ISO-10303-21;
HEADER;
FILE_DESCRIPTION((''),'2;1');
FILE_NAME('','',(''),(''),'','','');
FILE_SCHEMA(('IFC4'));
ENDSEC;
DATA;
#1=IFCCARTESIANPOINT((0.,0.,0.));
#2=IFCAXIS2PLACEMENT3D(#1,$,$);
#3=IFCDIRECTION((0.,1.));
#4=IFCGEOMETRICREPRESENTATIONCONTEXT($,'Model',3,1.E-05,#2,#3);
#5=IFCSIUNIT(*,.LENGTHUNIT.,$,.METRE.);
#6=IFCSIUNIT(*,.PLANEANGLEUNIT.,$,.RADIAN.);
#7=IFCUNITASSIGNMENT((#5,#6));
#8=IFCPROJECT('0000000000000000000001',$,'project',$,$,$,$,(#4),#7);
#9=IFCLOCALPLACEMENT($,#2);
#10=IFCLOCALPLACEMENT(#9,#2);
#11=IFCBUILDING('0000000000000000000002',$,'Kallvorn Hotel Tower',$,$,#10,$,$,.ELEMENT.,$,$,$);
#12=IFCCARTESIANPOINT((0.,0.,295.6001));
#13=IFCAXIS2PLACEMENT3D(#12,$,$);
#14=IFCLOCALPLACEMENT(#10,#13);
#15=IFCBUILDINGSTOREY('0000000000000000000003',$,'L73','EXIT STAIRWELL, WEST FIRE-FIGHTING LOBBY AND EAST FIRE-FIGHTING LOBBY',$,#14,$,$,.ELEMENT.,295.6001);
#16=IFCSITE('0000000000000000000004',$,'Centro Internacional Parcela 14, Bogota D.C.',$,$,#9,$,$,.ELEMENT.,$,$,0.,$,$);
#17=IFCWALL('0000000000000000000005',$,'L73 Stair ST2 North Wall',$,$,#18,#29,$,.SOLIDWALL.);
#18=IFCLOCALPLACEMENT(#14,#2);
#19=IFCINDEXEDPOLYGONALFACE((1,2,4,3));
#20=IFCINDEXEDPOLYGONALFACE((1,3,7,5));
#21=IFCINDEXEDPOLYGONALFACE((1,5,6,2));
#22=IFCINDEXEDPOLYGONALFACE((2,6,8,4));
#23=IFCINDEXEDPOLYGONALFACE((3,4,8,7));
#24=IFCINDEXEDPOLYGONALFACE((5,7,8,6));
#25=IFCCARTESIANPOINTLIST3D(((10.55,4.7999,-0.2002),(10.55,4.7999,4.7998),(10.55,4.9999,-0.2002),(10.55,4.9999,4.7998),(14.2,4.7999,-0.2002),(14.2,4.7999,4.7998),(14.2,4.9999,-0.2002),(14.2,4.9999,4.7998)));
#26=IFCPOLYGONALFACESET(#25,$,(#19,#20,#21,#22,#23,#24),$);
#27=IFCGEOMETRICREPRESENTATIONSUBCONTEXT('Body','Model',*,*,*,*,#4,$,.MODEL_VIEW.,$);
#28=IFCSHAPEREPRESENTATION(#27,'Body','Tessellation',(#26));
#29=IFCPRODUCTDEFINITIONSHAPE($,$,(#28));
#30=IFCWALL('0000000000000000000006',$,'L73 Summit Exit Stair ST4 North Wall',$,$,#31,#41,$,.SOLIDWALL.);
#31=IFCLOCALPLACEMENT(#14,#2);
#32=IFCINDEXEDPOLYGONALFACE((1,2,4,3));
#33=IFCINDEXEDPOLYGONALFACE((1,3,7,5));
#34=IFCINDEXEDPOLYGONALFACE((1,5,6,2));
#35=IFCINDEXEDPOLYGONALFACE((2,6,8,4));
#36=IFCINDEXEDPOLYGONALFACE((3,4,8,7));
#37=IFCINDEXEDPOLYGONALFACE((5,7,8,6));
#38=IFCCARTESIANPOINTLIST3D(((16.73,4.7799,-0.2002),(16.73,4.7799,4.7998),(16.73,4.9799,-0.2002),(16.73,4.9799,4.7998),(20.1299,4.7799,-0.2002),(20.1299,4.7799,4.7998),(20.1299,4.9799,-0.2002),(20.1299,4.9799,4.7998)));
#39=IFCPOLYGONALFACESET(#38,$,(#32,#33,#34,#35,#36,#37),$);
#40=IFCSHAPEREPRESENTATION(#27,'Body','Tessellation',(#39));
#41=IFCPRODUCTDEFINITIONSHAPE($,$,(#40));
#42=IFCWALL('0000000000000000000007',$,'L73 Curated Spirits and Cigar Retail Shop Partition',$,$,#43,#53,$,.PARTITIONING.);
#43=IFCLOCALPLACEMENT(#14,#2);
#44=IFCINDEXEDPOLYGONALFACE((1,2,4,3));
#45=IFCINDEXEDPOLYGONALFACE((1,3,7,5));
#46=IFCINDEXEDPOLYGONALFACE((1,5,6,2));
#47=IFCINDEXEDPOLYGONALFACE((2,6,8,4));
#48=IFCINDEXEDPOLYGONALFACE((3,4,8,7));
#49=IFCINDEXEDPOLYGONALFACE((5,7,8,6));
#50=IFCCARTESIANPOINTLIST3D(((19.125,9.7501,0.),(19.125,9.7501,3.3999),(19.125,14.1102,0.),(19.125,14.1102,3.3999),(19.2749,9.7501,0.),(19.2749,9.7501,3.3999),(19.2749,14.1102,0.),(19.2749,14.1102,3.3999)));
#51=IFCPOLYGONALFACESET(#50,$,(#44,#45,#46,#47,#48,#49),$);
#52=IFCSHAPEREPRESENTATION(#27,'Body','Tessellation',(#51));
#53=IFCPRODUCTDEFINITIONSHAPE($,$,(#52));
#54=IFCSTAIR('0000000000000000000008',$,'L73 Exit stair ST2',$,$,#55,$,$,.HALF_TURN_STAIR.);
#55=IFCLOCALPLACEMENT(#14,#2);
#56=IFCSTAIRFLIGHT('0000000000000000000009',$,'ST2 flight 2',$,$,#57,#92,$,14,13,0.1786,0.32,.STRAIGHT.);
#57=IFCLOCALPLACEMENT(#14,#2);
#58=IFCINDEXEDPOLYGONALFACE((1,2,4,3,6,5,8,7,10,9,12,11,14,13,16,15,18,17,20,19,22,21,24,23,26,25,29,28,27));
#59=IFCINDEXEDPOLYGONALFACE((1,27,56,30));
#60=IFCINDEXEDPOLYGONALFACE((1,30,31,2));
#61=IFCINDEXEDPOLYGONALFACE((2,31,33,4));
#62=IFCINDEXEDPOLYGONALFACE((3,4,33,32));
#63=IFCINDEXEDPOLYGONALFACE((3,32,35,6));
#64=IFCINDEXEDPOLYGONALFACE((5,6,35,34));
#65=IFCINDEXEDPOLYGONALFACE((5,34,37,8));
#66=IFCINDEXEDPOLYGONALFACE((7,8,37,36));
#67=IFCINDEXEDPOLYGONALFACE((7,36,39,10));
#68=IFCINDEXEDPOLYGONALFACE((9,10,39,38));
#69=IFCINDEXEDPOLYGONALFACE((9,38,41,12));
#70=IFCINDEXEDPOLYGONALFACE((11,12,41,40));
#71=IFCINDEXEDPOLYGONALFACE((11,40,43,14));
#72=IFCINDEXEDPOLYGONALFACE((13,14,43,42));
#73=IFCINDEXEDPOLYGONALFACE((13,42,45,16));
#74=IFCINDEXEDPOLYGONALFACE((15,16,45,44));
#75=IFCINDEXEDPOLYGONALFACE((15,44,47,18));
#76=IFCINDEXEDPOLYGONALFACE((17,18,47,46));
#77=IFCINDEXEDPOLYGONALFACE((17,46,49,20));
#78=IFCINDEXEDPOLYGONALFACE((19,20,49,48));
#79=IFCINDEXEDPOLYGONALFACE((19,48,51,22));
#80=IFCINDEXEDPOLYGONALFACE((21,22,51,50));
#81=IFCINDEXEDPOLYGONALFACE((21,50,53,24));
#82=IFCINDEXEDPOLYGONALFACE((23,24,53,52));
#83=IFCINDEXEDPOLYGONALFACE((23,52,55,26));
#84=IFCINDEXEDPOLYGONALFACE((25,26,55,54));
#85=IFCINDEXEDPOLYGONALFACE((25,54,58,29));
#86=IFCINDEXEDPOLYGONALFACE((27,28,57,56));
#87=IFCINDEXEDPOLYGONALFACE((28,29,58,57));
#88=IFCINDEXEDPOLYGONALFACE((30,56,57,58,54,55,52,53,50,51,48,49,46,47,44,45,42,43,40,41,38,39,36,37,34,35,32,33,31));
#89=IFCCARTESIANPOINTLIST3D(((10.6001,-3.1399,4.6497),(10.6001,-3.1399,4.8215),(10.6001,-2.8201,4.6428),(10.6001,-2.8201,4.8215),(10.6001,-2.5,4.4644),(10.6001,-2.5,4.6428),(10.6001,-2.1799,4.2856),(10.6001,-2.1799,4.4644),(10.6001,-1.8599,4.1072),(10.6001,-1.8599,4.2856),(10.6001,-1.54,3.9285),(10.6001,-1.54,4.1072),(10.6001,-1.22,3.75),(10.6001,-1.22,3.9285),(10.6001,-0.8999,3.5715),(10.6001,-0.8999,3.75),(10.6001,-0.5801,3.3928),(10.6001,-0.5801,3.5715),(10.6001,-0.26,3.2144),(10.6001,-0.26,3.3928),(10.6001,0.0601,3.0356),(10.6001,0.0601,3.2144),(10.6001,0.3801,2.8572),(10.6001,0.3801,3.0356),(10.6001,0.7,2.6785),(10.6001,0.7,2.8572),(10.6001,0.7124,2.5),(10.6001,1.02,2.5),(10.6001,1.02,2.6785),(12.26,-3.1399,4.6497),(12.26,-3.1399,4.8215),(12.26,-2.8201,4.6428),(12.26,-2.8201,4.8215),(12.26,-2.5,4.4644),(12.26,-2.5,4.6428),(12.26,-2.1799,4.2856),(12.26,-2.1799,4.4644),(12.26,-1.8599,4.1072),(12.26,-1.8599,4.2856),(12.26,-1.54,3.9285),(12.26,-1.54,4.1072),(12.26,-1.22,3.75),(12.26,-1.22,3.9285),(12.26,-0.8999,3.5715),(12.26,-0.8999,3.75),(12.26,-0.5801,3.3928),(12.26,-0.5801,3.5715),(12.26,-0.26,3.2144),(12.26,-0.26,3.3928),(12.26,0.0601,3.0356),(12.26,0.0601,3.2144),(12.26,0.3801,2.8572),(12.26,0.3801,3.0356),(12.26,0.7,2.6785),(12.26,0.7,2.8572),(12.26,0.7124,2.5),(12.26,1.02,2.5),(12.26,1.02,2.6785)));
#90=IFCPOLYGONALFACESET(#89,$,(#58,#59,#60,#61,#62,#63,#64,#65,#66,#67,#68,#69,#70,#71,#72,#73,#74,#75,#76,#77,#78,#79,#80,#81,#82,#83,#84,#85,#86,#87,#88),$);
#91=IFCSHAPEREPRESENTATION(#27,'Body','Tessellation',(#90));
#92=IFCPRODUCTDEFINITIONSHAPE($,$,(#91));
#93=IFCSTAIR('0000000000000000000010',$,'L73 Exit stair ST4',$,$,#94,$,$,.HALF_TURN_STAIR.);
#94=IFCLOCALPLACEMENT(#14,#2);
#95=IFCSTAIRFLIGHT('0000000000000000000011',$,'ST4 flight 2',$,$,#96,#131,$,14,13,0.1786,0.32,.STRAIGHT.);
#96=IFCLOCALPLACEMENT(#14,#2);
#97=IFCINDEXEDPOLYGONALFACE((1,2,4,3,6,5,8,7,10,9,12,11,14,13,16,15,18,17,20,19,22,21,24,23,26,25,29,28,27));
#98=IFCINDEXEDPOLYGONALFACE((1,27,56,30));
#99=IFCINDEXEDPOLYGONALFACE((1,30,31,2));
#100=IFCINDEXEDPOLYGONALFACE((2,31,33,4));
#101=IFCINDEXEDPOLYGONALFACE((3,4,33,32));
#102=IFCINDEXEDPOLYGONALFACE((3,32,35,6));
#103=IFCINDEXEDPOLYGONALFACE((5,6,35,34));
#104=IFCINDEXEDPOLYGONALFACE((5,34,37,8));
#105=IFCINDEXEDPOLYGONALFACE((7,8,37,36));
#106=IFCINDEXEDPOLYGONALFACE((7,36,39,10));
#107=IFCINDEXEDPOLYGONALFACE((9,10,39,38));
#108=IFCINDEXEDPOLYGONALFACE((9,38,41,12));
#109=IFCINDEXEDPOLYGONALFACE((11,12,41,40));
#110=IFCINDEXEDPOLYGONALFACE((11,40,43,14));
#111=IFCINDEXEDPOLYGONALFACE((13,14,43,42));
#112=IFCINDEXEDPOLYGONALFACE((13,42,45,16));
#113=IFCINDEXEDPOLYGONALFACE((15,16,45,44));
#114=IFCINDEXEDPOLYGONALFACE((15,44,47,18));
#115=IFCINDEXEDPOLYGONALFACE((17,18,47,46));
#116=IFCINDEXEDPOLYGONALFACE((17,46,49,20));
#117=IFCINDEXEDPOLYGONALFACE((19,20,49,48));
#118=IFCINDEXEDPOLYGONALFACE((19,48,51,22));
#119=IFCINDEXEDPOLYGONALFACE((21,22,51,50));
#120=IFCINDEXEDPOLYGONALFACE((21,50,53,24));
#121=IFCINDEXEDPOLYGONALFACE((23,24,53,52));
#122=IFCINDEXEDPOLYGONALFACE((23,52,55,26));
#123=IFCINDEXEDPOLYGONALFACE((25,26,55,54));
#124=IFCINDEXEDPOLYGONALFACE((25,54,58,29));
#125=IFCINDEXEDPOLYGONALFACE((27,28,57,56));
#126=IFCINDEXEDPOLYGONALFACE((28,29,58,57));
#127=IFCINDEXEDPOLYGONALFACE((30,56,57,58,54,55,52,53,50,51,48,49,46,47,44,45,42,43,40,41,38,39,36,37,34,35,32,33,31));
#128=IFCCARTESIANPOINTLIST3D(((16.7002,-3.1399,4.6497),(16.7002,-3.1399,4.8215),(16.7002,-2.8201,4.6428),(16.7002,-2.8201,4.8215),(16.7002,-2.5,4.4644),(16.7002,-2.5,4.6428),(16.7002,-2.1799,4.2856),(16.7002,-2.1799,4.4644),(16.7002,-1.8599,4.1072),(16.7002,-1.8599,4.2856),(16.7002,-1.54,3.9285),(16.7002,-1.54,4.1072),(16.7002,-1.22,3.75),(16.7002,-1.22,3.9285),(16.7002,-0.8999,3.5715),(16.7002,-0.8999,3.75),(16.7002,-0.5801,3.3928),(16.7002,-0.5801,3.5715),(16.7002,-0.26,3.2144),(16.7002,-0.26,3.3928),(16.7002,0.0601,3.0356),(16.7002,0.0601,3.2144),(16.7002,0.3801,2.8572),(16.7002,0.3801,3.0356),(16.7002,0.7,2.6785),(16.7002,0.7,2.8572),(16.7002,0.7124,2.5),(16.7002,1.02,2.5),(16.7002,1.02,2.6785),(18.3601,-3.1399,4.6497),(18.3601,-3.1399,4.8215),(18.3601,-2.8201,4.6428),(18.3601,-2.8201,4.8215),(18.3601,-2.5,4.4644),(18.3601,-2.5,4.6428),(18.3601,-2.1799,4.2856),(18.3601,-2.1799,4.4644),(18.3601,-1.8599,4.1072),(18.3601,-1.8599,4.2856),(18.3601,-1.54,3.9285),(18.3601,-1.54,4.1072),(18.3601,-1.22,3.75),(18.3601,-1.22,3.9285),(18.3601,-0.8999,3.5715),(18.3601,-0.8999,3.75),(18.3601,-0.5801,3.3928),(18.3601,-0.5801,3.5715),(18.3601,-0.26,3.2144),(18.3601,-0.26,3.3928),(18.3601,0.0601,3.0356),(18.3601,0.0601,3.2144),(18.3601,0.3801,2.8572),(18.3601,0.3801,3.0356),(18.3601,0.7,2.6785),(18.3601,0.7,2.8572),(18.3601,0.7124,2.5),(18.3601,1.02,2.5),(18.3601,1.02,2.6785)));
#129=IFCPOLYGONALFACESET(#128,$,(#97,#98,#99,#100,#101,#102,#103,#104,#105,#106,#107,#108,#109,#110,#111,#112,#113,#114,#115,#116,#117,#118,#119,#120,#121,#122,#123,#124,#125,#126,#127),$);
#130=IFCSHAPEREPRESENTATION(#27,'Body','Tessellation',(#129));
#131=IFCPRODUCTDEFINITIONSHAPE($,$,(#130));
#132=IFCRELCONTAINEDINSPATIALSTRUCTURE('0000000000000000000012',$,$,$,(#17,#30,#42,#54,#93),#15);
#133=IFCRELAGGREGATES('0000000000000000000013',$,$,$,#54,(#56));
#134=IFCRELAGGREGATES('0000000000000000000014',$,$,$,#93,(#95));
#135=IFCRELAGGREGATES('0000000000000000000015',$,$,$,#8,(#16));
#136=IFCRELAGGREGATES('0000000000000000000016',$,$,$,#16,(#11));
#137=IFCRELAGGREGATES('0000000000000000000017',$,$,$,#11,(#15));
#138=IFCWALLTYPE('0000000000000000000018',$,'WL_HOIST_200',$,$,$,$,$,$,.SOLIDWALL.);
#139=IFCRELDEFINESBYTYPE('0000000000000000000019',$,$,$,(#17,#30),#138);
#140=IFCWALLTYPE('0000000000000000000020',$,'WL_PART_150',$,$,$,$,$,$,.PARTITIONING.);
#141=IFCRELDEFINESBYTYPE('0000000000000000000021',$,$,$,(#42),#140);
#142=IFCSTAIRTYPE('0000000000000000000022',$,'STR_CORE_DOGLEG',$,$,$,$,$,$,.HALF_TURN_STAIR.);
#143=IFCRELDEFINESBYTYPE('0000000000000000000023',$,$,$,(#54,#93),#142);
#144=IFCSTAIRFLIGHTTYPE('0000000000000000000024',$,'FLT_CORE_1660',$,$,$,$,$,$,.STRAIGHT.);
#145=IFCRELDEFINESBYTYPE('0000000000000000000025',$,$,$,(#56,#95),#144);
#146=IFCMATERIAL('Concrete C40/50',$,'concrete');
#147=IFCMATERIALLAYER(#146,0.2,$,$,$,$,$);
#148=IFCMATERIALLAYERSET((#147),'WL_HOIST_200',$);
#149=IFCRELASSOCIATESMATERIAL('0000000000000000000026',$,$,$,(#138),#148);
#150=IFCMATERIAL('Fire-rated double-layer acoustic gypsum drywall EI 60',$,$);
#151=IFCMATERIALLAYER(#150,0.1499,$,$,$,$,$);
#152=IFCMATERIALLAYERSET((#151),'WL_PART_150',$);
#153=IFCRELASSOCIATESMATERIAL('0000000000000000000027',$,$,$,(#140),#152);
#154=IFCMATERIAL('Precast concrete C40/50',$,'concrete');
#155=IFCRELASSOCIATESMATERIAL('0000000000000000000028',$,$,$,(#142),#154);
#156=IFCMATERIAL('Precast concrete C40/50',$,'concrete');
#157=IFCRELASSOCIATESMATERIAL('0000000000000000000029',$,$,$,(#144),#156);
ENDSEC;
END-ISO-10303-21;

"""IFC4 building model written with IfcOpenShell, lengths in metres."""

from ifc_helpers import new_model, si_unit, direction, frame, frame_2d, origin, place, context, subcontext, project, spatial, polyline, rectangle, outline, extrude, material, layer, layer_set, type_object, element, aggregate, save


model = new_model("IFC4")

# Units and contexts
model_context = context("Model", 3, precision=1e-05, world=origin(), true_north=direction((0.0, 1.0)))
body_context = subcontext(model_context, "Body", "Model", "MODEL_VIEW")
ifc_project = project(units=[si_unit("LENGTHUNIT", "METRE"), si_unit("PLANEANGLEUNIT", "RADIAN")], contexts=[model_context])

# Site, building, storey
site_placement = place(None, origin())
site = spatial("IfcSite", under=ifc_project, at=site_placement, Name="Centro Internacional Parcela 14, Bogota D.C.", CompositionType="ELEMENT", RefElevation=0.0)
building_placement = place(site_placement, origin())
building = spatial("IfcBuilding", under=site, at=building_placement, Name="Kallvorn Hotel Tower", CompositionType="ELEMENT")
storey_placement = place(building_placement, frame((0.0, 0.0, 295.6001)))
storey = spatial("IfcBuildingStorey", under=building, at=storey_placement, Name="L73", Description="EXIT STAIRWELL, WEST FIRE-FIGHTING LOBBY AND EAST FIRE-FIGHTING LOBBY", CompositionType="ELEMENT", Elevation=295.6001)

# Walls
ifc_material_1 = material(Name="Concrete C40/50", Category="concrete")
ifc_layer_1 = layer(ifc_material_1, 0.2)
ifc_layer_set_1 = layer_set([ifc_layer_1], Name="WL_HOIST_200")
wall_type_1 = type_object("IfcWallType", Name="WL_HOIST_200", PredefinedType="SOLIDWALL", material=ifc_layer_set_1)
wall_1_placement = place(storey_placement, frame((10.55, 4.8999, -0.2002), z_axis=(0.0, 0.0, 1.0), x_axis=(1.0, 0.0, 0.0)))
element("IfcWall", 1, at=wall_1_placement, inside=storey, type_object=wall_type_1, Name="L73 Stair ST2 North Wall", PredefinedType="SOLIDWALL", context=body_context, shape_type="SweptSolid", body=[
    extrude(rectangle(XDim=3.6499, YDim=0.2, at=frame_2d((1.825, 0.0))), origin(), (0.0, 0.0, 1.0), 5.0),
])
wall_2_placement = place(storey_placement, frame((16.73, 4.8799, -0.2002), z_axis=(0.0, 0.0, 1.0), x_axis=(1.0, 0.0, 0.0)))
element("IfcWall", 2, at=wall_2_placement, inside=storey, type_object=wall_type_1, Name="L73 Summit Exit Stair ST4 North Wall", PredefinedType="SOLIDWALL", context=body_context, shape_type="SweptSolid", body=[
    extrude(rectangle(XDim=3.3999, YDim=0.2, at=frame_2d((1.7, 0.0))), origin(), (0.0, 0.0, 1.0), 5.0),
])
ifc_material_2 = material(Name="Fire-rated double-layer acoustic gypsum drywall EI 60")
ifc_layer_2 = layer(ifc_material_2, 0.1499)
ifc_layer_set_2 = layer_set([ifc_layer_2], Name="WL_PART_150")
wall_type_2 = type_object("IfcWallType", Name="WL_PART_150", PredefinedType="PARTITIONING", material=ifc_layer_set_2)
wall_3_placement = place(storey_placement, frame((19.2, 9.75, 0.0), z_axis=(0.0, 0.0, 1.0), x_axis=(0.0, 1.0, 0.0)))
element("IfcWall", 3, at=wall_3_placement, inside=storey, type_object=wall_type_2, Name="L73 Curated Spirits and Cigar Retail Shop Partition", PredefinedType="PARTITIONING", context=body_context, shape_type="SweptSolid", body=[
    extrude(rectangle(XDim=4.3601, YDim=0.1499, at=frame_2d((2.1802, 0.0))), origin(), (0.0, 0.0, 1.0), 3.3999),
])

# Stairs, stair flights
ifc_material_3 = material(Name="Precast concrete C40/50", Category="concrete")
stair_type = type_object("IfcStairType", Name="STR_CORE_DOGLEG", PredefinedType="HALF_TURN_STAIR", material=ifc_material_3)
stair_1_placement = place(storey_placement, origin())
stair_1 = element("IfcStair", 4, at=stair_1_placement, inside=storey, type_object=stair_type, Name="L73 Exit stair ST2", PredefinedType="HALF_TURN_STAIR")
ifc_material_4 = material(Name="Precast concrete C40/50", Category="concrete")
stair_flight_type = type_object("IfcStairFlightType", Name="FLT_CORE_1660", PredefinedType="STRAIGHT", material=ifc_material_4)
stair_flight_1_placement = place(storey_placement, frame((11.4299, 1.02, 2.5), z_axis=(0.0, 0.0, 1.0), x_axis=(0.0, -1.0, 0.0)))
stair_flight_1 = element("IfcStairFlight", 5, at=stair_flight_1_placement, type_object=stair_flight_type, Name="ST2 flight 2", NumberOfRisers=14, NumberOfTreads=13, PredefinedType="STRAIGHT", RiserHeight=0.1786, TreadLength=0.32, context=body_context, shape_type="SweptSolid", body=[
    extrude(outline(polyline([(0.0, 0.0), (0.0, 0.1785), (0.3201, 0.1785), (0.3201, 0.3572), (0.6399, 0.3572), (0.6399, 0.5356), (0.96, 0.5356), (0.96, 0.7144), (1.28, 0.7144), (1.28, 0.8928), (1.6001, 0.8928), (1.6001, 1.0715), (1.9199, 1.0715), (1.9199, 1.25), (2.24, 1.25), (2.24, 1.4285), (2.5601, 1.4285), (2.5601, 1.6072), (2.8799, 1.6072), (2.8799, 1.7856), (3.2, 1.7856), (3.2, 1.9644), (3.52, 1.9644), (3.52, 2.1428), (3.8401, 2.1428), (3.8401, 2.3215), (4.1599, 2.3215), (4.1599, 2.5), (4.1599, 2.1497), (0.3076, 0.0), (0.0, 0.0)])), frame((0.0, 0.8301, 0.0), z_axis=(0.0, -1.0, 0.0), x_axis=(1.0, 0.0, 0.0)), (0.0, 0.0, 1.0), 1.6599),
])
aggregate(stair_1, [stair_flight_1])
stair_2_placement = place(storey_placement, origin())
stair_2 = element("IfcStair", 6, at=stair_2_placement, inside=storey, type_object=stair_type, Name="L73 Exit stair ST4", PredefinedType="HALF_TURN_STAIR")
stair_flight_2_placement = place(storey_placement, frame((17.53, 1.02, 2.5), z_axis=(0.0, 0.0, 1.0), x_axis=(0.0, -1.0, 0.0)))
stair_flight_2 = element("IfcStairFlight", 7, at=stair_flight_2_placement, type_object=stair_flight_type, Name="ST4 flight 2", NumberOfRisers=14, NumberOfTreads=13, PredefinedType="STRAIGHT", RiserHeight=0.1786, TreadLength=0.32, context=body_context, shape_type="SweptSolid", body=[
    extrude(outline(polyline([(0.0, 0.0), (0.0, 0.1785), (0.3201, 0.1785), (0.3201, 0.3572), (0.6399, 0.3572), (0.6399, 0.5356), (0.96, 0.5356), (0.96, 0.7144), (1.28, 0.7144), (1.28, 0.8928), (1.6001, 0.8928), (1.6001, 1.0715), (1.9199, 1.0715), (1.9199, 1.25), (2.24, 1.25), (2.24, 1.4285), (2.5601, 1.4285), (2.5601, 1.6072), (2.8799, 1.6072), (2.8799, 1.7856), (3.2, 1.7856), (3.2, 1.9644), (3.52, 1.9644), (3.52, 2.1428), (3.8401, 2.1428), (3.8401, 2.3215), (4.1599, 2.3215), (4.1599, 2.5), (4.1599, 2.1497), (0.3076, 0.0), (0.0, 0.0)])), frame((0.0, 0.8301, 0.0), z_axis=(0.0, -1.0, 0.0), x_axis=(1.0, 0.0, 0.0)), (0.0, 0.0, 1.0), 1.6599),
])
aggregate(stair_2, [stair_flight_2])

save(model, "model.ifc")
